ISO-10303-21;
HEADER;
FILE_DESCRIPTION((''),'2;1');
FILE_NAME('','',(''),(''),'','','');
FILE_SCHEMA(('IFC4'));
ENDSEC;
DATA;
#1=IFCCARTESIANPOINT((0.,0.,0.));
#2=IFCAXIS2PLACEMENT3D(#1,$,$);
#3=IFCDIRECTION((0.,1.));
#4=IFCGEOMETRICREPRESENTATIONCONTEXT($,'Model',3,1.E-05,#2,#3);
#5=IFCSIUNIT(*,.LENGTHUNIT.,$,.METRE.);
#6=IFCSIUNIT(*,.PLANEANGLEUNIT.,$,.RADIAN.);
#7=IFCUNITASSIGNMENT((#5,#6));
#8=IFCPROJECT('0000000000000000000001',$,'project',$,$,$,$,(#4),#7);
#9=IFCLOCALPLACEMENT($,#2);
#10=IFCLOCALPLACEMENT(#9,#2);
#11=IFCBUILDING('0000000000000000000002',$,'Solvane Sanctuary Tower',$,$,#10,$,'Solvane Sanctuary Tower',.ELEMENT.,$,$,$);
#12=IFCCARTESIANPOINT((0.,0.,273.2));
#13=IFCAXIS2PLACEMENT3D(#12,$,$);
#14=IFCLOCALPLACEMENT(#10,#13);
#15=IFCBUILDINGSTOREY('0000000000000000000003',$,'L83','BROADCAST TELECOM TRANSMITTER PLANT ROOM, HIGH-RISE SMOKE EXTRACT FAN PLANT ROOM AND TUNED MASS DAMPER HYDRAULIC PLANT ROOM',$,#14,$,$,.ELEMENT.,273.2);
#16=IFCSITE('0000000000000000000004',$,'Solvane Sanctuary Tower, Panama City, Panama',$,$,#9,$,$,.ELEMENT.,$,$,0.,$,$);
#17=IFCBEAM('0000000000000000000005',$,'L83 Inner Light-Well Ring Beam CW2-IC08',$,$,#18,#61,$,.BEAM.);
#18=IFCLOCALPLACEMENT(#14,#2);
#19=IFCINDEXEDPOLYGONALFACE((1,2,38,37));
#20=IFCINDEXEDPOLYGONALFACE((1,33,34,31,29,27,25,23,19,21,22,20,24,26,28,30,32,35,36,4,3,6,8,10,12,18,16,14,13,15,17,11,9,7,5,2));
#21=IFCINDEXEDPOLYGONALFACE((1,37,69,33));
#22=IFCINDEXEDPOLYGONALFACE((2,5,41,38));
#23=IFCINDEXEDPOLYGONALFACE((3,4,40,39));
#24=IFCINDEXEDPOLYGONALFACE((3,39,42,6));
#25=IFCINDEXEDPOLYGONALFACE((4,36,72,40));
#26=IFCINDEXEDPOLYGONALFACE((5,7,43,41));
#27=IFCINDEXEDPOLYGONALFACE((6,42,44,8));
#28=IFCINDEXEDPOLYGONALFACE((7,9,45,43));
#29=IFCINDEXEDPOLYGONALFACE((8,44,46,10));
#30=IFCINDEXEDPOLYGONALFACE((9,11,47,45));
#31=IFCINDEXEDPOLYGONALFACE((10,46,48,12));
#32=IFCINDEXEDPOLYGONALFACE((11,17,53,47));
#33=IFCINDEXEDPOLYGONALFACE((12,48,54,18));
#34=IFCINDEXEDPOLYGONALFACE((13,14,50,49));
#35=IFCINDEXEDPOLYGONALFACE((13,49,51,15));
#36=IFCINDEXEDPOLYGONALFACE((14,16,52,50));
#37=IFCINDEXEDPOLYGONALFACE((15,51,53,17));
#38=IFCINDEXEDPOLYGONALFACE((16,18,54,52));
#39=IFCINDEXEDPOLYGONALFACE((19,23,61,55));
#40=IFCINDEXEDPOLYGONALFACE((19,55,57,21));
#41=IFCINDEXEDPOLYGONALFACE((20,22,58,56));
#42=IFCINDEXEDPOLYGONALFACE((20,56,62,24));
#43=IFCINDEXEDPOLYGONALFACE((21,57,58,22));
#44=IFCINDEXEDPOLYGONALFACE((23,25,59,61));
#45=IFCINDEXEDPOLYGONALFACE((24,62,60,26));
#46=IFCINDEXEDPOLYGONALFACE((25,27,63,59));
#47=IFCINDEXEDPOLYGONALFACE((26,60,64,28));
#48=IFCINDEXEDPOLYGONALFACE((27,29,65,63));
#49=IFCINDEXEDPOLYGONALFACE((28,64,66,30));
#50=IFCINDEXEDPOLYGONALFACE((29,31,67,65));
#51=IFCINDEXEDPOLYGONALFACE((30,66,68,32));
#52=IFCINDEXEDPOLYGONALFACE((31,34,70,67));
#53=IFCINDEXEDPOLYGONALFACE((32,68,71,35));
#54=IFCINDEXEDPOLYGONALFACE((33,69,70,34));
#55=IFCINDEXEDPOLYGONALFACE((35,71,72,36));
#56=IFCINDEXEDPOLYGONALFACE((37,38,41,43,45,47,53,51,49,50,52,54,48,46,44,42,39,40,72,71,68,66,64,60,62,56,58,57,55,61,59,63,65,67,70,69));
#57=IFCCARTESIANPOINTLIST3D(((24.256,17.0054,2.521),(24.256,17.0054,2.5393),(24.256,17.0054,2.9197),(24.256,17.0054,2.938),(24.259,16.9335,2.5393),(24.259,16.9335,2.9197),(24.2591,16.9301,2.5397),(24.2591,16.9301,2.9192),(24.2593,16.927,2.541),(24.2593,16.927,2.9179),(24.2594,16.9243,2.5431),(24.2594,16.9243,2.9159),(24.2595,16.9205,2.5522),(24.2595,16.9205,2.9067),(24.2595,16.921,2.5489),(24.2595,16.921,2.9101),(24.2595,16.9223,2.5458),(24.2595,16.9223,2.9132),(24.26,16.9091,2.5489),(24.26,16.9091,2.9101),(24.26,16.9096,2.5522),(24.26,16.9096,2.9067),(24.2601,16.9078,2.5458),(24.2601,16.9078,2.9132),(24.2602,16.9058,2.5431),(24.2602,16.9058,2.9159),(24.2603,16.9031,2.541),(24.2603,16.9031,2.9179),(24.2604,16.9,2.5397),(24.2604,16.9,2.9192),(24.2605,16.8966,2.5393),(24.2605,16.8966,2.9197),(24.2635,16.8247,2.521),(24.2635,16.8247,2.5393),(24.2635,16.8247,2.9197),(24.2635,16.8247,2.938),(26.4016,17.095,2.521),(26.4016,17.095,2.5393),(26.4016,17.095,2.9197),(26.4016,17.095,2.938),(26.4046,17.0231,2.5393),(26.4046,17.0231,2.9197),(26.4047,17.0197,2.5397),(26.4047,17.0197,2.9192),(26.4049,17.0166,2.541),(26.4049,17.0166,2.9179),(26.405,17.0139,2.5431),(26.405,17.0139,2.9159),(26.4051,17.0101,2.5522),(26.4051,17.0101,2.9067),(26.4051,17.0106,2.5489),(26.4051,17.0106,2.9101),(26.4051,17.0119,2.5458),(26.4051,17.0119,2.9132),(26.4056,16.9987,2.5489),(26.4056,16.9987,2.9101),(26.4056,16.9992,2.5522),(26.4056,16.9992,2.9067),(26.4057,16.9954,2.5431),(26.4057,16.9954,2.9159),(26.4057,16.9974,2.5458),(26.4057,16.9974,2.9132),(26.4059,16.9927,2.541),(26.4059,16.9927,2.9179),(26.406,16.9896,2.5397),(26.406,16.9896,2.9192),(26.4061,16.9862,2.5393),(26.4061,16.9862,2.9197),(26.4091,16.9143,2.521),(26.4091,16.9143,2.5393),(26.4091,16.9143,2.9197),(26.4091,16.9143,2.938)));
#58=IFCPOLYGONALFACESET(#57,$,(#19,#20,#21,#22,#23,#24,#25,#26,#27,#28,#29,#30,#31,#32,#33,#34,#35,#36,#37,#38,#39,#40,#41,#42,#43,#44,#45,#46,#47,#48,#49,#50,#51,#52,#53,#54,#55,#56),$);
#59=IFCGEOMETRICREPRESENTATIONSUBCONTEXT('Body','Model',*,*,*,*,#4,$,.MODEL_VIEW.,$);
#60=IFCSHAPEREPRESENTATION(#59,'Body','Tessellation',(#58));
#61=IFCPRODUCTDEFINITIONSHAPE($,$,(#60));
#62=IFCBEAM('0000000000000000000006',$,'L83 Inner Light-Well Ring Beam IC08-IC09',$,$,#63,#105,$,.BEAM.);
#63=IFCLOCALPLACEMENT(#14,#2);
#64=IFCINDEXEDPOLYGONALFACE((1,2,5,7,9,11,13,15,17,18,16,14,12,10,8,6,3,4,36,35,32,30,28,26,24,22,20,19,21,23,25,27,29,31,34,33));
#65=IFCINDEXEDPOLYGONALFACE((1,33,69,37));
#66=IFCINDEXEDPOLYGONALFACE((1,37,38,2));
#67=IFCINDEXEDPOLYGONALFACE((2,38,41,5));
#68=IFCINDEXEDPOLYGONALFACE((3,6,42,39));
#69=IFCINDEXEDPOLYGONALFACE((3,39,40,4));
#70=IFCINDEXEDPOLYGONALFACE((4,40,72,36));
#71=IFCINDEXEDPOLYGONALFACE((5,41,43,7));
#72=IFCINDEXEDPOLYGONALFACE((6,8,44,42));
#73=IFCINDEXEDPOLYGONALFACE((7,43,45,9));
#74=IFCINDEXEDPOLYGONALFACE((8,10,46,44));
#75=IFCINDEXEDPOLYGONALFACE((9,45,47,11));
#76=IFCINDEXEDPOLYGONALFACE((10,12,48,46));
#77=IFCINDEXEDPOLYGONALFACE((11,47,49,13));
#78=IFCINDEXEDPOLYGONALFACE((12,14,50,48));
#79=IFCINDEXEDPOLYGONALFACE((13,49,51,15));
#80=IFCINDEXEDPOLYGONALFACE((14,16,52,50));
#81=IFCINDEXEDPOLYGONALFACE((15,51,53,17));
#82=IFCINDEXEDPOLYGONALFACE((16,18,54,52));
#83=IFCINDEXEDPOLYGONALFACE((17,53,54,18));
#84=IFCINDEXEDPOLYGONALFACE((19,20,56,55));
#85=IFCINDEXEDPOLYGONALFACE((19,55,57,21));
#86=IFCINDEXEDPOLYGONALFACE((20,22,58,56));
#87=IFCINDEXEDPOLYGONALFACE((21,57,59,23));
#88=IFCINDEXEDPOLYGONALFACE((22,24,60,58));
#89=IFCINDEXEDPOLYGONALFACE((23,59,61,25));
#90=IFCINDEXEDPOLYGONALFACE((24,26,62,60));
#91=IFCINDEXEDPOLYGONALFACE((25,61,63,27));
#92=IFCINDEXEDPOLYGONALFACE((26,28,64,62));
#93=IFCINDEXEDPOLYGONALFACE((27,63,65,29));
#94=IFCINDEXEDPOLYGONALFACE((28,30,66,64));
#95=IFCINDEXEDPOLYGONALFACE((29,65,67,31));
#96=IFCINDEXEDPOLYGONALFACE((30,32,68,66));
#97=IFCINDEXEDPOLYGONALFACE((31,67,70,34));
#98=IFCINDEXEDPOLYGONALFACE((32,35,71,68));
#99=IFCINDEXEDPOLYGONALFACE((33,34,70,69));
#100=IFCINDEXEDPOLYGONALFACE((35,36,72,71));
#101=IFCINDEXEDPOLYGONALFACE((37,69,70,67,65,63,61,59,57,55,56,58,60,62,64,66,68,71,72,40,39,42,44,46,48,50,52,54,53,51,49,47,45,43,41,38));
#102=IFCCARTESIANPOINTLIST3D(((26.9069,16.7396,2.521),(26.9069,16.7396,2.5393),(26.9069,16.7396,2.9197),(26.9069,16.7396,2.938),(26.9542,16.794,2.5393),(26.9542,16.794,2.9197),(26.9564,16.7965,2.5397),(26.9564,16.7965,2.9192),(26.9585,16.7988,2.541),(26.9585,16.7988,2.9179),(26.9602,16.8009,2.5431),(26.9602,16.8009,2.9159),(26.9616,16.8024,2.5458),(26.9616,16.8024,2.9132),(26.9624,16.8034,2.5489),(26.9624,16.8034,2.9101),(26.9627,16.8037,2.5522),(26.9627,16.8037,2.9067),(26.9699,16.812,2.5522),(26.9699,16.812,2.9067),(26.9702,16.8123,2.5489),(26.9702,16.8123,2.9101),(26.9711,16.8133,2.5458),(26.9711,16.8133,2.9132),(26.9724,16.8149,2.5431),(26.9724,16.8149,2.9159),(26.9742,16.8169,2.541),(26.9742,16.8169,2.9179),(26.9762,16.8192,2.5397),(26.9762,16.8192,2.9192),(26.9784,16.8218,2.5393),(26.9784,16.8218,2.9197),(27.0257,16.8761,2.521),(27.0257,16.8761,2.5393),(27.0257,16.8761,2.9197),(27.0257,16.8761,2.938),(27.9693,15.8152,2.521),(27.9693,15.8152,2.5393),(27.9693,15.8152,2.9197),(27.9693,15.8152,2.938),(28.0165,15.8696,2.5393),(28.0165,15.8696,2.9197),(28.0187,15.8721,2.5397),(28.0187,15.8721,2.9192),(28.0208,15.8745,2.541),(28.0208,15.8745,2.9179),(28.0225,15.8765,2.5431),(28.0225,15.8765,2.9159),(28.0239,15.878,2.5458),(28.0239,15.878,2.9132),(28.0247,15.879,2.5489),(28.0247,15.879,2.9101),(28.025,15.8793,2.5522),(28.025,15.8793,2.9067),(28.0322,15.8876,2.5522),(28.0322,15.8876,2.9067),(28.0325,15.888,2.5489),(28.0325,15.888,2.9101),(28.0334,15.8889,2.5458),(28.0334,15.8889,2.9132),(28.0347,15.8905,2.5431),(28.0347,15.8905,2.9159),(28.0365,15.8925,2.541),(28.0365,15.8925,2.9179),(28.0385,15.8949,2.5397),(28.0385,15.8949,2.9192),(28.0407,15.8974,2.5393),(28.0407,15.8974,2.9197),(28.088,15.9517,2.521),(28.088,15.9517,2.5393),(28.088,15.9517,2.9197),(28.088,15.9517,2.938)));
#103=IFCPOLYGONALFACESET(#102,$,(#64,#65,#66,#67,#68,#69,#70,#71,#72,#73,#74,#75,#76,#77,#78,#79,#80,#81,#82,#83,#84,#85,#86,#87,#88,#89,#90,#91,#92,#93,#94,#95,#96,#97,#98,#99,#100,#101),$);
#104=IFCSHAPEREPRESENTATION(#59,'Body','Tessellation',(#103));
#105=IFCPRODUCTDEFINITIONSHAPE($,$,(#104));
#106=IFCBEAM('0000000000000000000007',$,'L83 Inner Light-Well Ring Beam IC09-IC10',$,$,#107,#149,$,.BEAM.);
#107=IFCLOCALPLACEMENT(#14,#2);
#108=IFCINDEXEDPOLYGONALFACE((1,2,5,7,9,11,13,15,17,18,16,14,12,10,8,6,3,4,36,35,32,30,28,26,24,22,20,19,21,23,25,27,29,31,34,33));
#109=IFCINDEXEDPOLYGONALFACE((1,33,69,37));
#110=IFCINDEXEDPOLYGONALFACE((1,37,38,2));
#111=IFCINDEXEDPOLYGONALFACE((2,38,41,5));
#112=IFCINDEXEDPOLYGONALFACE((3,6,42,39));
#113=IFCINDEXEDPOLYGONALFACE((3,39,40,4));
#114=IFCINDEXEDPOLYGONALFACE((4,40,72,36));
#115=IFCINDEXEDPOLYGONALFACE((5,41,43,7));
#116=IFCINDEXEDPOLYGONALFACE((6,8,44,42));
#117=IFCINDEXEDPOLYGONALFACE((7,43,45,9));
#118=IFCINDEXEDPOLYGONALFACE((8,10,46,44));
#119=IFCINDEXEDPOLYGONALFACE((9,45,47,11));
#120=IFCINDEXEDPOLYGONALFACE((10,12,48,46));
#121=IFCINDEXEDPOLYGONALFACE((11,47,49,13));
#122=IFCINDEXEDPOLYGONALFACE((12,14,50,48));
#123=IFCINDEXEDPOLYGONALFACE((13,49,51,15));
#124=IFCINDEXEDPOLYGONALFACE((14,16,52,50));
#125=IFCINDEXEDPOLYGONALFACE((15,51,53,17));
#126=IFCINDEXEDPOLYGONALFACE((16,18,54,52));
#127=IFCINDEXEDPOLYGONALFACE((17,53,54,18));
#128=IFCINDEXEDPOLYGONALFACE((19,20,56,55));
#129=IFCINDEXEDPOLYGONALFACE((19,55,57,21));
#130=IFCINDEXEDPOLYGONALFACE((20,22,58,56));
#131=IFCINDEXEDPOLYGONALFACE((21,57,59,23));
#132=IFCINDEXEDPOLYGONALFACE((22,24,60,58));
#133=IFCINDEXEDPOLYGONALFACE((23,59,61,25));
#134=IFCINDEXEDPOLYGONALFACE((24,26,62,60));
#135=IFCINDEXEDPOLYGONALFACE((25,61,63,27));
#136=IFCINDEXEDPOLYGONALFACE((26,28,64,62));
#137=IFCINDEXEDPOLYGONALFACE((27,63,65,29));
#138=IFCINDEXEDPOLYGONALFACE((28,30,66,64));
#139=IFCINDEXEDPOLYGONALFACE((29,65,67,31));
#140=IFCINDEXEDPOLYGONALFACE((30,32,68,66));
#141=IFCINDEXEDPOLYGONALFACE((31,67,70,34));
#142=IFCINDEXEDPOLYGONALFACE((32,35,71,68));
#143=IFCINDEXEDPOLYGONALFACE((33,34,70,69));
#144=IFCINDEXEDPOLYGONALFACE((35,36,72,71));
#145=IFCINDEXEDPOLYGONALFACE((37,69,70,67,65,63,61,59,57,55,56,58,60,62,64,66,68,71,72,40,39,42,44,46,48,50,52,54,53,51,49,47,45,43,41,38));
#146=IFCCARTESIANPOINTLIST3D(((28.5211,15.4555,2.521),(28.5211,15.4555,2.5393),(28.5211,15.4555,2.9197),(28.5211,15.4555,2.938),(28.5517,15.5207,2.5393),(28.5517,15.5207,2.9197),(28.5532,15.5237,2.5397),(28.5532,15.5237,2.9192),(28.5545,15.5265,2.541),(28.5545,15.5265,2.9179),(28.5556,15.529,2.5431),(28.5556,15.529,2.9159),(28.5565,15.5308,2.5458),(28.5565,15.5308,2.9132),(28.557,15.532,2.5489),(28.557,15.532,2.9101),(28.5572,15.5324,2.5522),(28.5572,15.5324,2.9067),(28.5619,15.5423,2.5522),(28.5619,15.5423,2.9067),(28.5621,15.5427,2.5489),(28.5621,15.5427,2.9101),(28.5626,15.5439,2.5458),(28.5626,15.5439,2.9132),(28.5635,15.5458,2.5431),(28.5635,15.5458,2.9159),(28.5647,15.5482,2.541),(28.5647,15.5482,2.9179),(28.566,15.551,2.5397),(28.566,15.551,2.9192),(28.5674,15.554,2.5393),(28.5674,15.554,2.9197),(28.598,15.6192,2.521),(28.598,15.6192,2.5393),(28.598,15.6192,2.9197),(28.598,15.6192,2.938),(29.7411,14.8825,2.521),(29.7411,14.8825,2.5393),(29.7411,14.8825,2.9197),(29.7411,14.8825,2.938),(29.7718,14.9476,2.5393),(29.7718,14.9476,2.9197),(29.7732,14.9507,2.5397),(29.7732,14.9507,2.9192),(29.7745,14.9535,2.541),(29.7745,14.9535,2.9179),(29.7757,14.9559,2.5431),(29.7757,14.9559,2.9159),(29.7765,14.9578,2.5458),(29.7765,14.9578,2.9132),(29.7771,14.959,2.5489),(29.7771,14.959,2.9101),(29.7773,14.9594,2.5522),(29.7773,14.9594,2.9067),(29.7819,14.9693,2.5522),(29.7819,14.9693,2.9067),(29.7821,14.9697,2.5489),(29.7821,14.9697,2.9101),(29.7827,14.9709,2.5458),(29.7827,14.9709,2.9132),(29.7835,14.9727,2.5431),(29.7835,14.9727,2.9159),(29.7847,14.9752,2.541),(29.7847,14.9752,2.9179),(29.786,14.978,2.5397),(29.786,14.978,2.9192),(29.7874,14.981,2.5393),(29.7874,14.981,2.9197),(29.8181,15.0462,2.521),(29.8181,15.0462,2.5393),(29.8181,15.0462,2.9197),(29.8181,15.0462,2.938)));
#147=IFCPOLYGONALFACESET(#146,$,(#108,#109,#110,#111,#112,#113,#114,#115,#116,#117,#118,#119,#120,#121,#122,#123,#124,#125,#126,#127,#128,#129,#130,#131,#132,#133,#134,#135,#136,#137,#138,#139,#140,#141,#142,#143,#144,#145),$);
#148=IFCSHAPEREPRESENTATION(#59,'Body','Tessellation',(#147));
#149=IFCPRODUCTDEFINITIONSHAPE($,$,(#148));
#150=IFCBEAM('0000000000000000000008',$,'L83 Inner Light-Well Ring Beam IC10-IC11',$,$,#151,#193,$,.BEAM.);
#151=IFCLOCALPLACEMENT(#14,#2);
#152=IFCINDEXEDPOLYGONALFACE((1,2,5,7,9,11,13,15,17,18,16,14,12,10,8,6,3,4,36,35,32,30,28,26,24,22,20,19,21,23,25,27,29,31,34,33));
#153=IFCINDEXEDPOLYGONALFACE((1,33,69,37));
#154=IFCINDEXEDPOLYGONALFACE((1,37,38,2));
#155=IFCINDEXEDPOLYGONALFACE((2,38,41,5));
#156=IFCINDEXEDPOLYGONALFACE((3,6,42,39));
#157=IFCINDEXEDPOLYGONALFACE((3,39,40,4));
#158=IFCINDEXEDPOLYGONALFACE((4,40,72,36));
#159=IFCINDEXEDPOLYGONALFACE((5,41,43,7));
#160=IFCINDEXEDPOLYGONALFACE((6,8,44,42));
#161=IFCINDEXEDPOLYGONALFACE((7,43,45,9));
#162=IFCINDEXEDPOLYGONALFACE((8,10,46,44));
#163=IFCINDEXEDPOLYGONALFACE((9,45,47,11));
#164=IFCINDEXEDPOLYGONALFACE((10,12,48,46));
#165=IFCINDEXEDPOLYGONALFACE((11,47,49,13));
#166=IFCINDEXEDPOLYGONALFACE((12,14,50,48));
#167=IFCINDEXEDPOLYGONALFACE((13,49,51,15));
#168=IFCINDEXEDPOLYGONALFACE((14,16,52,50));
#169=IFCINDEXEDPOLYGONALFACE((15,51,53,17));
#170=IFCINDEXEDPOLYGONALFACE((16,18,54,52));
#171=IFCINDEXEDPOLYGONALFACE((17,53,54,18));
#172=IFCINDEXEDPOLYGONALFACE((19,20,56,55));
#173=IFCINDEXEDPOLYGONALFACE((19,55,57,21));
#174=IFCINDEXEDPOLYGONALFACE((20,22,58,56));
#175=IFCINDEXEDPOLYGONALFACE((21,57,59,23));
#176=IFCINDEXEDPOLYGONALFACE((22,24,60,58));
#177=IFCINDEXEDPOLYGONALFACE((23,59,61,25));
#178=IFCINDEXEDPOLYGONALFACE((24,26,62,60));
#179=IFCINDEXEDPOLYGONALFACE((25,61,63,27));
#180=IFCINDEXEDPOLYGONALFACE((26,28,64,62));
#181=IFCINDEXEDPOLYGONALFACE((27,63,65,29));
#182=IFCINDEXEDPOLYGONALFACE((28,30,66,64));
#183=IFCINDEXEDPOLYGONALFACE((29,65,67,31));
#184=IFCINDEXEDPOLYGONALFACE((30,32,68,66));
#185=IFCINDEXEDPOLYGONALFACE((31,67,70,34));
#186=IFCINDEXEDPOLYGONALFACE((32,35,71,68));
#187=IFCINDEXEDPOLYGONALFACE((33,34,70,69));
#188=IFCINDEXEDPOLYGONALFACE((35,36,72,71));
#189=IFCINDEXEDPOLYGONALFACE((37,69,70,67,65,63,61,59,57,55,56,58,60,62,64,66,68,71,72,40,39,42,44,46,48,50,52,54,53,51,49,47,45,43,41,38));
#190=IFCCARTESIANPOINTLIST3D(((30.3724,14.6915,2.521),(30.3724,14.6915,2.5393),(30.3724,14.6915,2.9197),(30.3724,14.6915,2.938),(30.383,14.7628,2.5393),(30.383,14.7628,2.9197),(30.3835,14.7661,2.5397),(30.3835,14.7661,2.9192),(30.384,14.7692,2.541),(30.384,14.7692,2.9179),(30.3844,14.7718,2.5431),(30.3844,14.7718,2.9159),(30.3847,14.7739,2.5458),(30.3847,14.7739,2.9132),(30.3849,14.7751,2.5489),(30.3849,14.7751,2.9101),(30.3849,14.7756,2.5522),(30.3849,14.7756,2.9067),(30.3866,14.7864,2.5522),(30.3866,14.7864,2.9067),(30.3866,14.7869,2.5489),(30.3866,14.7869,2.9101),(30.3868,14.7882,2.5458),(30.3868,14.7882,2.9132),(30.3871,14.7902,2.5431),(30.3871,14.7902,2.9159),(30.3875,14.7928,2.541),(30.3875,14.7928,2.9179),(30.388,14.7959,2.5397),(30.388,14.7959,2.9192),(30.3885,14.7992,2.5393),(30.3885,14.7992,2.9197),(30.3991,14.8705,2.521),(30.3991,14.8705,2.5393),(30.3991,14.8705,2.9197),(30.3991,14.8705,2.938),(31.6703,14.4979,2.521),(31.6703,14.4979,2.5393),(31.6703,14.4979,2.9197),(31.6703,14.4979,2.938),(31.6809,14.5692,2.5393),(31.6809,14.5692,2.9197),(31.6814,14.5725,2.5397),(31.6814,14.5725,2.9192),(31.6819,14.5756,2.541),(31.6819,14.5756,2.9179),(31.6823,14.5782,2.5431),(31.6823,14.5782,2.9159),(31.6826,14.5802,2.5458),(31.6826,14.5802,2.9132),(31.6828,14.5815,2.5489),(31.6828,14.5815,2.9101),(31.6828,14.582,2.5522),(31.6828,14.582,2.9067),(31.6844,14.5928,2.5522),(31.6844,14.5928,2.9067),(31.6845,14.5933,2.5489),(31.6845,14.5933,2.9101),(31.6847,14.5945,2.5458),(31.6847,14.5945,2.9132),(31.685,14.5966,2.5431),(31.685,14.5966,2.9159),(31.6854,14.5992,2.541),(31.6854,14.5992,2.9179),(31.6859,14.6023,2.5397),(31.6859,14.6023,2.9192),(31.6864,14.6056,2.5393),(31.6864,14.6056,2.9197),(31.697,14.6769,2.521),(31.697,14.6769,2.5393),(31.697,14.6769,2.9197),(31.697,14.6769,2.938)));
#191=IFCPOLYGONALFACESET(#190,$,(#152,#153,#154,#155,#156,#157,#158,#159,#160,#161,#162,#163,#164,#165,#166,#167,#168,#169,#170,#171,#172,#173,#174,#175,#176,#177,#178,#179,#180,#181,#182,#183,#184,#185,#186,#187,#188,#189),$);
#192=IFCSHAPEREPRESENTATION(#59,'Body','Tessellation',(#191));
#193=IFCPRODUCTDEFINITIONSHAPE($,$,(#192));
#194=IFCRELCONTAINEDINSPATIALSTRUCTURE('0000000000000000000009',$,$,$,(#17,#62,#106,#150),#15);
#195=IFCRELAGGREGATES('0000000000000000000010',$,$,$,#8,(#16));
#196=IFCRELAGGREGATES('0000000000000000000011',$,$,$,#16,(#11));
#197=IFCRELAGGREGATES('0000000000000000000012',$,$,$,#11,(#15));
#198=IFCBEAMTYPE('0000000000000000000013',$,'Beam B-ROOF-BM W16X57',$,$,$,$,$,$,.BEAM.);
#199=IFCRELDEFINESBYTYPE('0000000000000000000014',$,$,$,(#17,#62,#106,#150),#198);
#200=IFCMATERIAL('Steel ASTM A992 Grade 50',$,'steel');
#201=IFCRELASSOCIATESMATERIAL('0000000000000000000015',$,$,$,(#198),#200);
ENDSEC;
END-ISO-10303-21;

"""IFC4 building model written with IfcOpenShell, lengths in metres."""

from ifc_helpers import new_model, si_unit, direction, frame, origin, origin_2d, place, context, subcontext, project, spatial, i_section, extrude, material, material_profile, profile_set, type_object, element, save


model = new_model("IFC4")

# Units and contexts
model_context = context("Model", 3, precision=1e-05, world=origin(), true_north=direction((0.0, 1.0)))
body_context = subcontext(model_context, "Body", "Model", "MODEL_VIEW")
ifc_project = project(units=[si_unit("LENGTHUNIT", "METRE"), si_unit("PLANEANGLEUNIT", "RADIAN")], contexts=[model_context])

# Site, building, storey
site_placement = place(None, origin())
site = spatial("IfcSite", under=ifc_project, at=site_placement, Name="Solvane Sanctuary Tower, Panama City, Panama", CompositionType="ELEMENT", RefElevation=0.0)
building_placement = place(site_placement, origin())
building = spatial("IfcBuilding", under=site, at=building_placement, Name="Solvane Sanctuary Tower", LongName="Solvane Sanctuary Tower", CompositionType="ELEMENT")
storey_placement = place(building_placement, frame((0.0, 0.0, 273.2)))
storey = spatial("IfcBuildingStorey", under=building, at=storey_placement, Name="L83", Description="BROADCAST TELECOM TRANSMITTER PLANT ROOM, HIGH-RISE SMOKE EXTRACT FAN PLANT ROOM AND TUNED MASS DAMPER HYDRAULIC PLANT ROOM", CompositionType="ELEMENT", Elevation=273.2)

# Beams
ifc_material_1 = material(Name="Steel ASTM A992 Grade 50", Category="steel")
ifc_material_profile_1 = material_profile(ifc_material_1, i_section(OverallWidth=0.1809, OverallDepth=0.417, WebThickness=0.011, FlangeThickness=0.0183, FilletRadius=0.0129, at=origin_2d()), Name="W16X57")
ifc_profile_set_1 = profile_set([ifc_material_profile_1], Name="Steel ASTM A992 Grade 50")
beam_type_1 = type_object("IfcBeamType", Name="Beam B-ROOF-BM W16X57", PredefinedType="BEAM", material=ifc_profile_set_1)
beam_1_placement = place(storey_placement, frame((24.2598, 16.915, 2.7295), z_axis=(0.999129, 0.041725, 0.0), x_axis=(-0.041725, 0.999129, 0.0)))
element("IfcBeam", 1, at=beam_1_placement, inside=storey, type_object=beam_type_1, Name="L83 Inner Light-Well Ring Beam CW2-IC08", PredefinedType="BEAM", context=body_context, shape_type="SweptSolid", body=[
    extrude(i_section(OverallWidth=0.1809, OverallDepth=0.417, WebThickness=0.011, FlangeThickness=0.0183, FilletRadius=0.0129, at=origin_2d()), origin(), (0.0, 0.0, 1.0), 2.1475),
])
beam_2_placement = place(storey_placement, frame((26.9663, 16.8079, 2.7295), z_axis=(0.754389, -0.656428, 0.0), x_axis=(0.656428, 0.754389, 0.0)))
element("IfcBeam", 2, at=beam_2_placement, inside=storey, type_object=beam_type_1, Name="L83 Inner Light-Well Ring Beam IC08-IC09", PredefinedType="BEAM", context=body_context, shape_type="SweptSolid", body=[
    extrude(i_section(OverallWidth=0.1809, OverallDepth=0.417, WebThickness=0.011, FlangeThickness=0.0183, FilletRadius=0.0129, at=origin_2d()), origin(), (0.0, 0.0, 1.0), 1.4082),
])
beam_3_placement = place(storey_placement, frame((28.5596, 15.5374, 2.7295), z_axis=(0.905135, -0.425125, 0.0), x_axis=(0.425125, 0.905135, 0.0)))
element("IfcBeam", 3, at=beam_3_placement, inside=storey, type_object=beam_type_1, Name="L83 Inner Light-Well Ring Beam IC09-IC10", PredefinedType="BEAM", context=body_context, shape_type="SweptSolid", body=[
    extrude(i_section(OverallWidth=0.1809, OverallDepth=0.417, WebThickness=0.011, FlangeThickness=0.0183, FilletRadius=0.0129, at=origin_2d()), origin(), (0.0, 0.0, 1.0), 1.3479),
])
beam_4_placement = place(storey_placement, frame((30.3857, 14.781, 2.7295), z_axis=(0.989056, -0.14754, 0.0), x_axis=(0.14754, 0.989056, 0.0)))
element("IfcBeam", 4, at=beam_4_placement, inside=storey, type_object=beam_type_1, Name="L83 Inner Light-Well Ring Beam IC10-IC11", PredefinedType="BEAM", context=body_context, shape_type="SweptSolid", body=[
    extrude(i_section(OverallWidth=0.1809, OverallDepth=0.417, WebThickness=0.011, FlangeThickness=0.0183, FilletRadius=0.0129, at=origin_2d()), origin(), (0.0, 0.0, 1.0), 1.3123),
])

save(model, "model.ifc")
